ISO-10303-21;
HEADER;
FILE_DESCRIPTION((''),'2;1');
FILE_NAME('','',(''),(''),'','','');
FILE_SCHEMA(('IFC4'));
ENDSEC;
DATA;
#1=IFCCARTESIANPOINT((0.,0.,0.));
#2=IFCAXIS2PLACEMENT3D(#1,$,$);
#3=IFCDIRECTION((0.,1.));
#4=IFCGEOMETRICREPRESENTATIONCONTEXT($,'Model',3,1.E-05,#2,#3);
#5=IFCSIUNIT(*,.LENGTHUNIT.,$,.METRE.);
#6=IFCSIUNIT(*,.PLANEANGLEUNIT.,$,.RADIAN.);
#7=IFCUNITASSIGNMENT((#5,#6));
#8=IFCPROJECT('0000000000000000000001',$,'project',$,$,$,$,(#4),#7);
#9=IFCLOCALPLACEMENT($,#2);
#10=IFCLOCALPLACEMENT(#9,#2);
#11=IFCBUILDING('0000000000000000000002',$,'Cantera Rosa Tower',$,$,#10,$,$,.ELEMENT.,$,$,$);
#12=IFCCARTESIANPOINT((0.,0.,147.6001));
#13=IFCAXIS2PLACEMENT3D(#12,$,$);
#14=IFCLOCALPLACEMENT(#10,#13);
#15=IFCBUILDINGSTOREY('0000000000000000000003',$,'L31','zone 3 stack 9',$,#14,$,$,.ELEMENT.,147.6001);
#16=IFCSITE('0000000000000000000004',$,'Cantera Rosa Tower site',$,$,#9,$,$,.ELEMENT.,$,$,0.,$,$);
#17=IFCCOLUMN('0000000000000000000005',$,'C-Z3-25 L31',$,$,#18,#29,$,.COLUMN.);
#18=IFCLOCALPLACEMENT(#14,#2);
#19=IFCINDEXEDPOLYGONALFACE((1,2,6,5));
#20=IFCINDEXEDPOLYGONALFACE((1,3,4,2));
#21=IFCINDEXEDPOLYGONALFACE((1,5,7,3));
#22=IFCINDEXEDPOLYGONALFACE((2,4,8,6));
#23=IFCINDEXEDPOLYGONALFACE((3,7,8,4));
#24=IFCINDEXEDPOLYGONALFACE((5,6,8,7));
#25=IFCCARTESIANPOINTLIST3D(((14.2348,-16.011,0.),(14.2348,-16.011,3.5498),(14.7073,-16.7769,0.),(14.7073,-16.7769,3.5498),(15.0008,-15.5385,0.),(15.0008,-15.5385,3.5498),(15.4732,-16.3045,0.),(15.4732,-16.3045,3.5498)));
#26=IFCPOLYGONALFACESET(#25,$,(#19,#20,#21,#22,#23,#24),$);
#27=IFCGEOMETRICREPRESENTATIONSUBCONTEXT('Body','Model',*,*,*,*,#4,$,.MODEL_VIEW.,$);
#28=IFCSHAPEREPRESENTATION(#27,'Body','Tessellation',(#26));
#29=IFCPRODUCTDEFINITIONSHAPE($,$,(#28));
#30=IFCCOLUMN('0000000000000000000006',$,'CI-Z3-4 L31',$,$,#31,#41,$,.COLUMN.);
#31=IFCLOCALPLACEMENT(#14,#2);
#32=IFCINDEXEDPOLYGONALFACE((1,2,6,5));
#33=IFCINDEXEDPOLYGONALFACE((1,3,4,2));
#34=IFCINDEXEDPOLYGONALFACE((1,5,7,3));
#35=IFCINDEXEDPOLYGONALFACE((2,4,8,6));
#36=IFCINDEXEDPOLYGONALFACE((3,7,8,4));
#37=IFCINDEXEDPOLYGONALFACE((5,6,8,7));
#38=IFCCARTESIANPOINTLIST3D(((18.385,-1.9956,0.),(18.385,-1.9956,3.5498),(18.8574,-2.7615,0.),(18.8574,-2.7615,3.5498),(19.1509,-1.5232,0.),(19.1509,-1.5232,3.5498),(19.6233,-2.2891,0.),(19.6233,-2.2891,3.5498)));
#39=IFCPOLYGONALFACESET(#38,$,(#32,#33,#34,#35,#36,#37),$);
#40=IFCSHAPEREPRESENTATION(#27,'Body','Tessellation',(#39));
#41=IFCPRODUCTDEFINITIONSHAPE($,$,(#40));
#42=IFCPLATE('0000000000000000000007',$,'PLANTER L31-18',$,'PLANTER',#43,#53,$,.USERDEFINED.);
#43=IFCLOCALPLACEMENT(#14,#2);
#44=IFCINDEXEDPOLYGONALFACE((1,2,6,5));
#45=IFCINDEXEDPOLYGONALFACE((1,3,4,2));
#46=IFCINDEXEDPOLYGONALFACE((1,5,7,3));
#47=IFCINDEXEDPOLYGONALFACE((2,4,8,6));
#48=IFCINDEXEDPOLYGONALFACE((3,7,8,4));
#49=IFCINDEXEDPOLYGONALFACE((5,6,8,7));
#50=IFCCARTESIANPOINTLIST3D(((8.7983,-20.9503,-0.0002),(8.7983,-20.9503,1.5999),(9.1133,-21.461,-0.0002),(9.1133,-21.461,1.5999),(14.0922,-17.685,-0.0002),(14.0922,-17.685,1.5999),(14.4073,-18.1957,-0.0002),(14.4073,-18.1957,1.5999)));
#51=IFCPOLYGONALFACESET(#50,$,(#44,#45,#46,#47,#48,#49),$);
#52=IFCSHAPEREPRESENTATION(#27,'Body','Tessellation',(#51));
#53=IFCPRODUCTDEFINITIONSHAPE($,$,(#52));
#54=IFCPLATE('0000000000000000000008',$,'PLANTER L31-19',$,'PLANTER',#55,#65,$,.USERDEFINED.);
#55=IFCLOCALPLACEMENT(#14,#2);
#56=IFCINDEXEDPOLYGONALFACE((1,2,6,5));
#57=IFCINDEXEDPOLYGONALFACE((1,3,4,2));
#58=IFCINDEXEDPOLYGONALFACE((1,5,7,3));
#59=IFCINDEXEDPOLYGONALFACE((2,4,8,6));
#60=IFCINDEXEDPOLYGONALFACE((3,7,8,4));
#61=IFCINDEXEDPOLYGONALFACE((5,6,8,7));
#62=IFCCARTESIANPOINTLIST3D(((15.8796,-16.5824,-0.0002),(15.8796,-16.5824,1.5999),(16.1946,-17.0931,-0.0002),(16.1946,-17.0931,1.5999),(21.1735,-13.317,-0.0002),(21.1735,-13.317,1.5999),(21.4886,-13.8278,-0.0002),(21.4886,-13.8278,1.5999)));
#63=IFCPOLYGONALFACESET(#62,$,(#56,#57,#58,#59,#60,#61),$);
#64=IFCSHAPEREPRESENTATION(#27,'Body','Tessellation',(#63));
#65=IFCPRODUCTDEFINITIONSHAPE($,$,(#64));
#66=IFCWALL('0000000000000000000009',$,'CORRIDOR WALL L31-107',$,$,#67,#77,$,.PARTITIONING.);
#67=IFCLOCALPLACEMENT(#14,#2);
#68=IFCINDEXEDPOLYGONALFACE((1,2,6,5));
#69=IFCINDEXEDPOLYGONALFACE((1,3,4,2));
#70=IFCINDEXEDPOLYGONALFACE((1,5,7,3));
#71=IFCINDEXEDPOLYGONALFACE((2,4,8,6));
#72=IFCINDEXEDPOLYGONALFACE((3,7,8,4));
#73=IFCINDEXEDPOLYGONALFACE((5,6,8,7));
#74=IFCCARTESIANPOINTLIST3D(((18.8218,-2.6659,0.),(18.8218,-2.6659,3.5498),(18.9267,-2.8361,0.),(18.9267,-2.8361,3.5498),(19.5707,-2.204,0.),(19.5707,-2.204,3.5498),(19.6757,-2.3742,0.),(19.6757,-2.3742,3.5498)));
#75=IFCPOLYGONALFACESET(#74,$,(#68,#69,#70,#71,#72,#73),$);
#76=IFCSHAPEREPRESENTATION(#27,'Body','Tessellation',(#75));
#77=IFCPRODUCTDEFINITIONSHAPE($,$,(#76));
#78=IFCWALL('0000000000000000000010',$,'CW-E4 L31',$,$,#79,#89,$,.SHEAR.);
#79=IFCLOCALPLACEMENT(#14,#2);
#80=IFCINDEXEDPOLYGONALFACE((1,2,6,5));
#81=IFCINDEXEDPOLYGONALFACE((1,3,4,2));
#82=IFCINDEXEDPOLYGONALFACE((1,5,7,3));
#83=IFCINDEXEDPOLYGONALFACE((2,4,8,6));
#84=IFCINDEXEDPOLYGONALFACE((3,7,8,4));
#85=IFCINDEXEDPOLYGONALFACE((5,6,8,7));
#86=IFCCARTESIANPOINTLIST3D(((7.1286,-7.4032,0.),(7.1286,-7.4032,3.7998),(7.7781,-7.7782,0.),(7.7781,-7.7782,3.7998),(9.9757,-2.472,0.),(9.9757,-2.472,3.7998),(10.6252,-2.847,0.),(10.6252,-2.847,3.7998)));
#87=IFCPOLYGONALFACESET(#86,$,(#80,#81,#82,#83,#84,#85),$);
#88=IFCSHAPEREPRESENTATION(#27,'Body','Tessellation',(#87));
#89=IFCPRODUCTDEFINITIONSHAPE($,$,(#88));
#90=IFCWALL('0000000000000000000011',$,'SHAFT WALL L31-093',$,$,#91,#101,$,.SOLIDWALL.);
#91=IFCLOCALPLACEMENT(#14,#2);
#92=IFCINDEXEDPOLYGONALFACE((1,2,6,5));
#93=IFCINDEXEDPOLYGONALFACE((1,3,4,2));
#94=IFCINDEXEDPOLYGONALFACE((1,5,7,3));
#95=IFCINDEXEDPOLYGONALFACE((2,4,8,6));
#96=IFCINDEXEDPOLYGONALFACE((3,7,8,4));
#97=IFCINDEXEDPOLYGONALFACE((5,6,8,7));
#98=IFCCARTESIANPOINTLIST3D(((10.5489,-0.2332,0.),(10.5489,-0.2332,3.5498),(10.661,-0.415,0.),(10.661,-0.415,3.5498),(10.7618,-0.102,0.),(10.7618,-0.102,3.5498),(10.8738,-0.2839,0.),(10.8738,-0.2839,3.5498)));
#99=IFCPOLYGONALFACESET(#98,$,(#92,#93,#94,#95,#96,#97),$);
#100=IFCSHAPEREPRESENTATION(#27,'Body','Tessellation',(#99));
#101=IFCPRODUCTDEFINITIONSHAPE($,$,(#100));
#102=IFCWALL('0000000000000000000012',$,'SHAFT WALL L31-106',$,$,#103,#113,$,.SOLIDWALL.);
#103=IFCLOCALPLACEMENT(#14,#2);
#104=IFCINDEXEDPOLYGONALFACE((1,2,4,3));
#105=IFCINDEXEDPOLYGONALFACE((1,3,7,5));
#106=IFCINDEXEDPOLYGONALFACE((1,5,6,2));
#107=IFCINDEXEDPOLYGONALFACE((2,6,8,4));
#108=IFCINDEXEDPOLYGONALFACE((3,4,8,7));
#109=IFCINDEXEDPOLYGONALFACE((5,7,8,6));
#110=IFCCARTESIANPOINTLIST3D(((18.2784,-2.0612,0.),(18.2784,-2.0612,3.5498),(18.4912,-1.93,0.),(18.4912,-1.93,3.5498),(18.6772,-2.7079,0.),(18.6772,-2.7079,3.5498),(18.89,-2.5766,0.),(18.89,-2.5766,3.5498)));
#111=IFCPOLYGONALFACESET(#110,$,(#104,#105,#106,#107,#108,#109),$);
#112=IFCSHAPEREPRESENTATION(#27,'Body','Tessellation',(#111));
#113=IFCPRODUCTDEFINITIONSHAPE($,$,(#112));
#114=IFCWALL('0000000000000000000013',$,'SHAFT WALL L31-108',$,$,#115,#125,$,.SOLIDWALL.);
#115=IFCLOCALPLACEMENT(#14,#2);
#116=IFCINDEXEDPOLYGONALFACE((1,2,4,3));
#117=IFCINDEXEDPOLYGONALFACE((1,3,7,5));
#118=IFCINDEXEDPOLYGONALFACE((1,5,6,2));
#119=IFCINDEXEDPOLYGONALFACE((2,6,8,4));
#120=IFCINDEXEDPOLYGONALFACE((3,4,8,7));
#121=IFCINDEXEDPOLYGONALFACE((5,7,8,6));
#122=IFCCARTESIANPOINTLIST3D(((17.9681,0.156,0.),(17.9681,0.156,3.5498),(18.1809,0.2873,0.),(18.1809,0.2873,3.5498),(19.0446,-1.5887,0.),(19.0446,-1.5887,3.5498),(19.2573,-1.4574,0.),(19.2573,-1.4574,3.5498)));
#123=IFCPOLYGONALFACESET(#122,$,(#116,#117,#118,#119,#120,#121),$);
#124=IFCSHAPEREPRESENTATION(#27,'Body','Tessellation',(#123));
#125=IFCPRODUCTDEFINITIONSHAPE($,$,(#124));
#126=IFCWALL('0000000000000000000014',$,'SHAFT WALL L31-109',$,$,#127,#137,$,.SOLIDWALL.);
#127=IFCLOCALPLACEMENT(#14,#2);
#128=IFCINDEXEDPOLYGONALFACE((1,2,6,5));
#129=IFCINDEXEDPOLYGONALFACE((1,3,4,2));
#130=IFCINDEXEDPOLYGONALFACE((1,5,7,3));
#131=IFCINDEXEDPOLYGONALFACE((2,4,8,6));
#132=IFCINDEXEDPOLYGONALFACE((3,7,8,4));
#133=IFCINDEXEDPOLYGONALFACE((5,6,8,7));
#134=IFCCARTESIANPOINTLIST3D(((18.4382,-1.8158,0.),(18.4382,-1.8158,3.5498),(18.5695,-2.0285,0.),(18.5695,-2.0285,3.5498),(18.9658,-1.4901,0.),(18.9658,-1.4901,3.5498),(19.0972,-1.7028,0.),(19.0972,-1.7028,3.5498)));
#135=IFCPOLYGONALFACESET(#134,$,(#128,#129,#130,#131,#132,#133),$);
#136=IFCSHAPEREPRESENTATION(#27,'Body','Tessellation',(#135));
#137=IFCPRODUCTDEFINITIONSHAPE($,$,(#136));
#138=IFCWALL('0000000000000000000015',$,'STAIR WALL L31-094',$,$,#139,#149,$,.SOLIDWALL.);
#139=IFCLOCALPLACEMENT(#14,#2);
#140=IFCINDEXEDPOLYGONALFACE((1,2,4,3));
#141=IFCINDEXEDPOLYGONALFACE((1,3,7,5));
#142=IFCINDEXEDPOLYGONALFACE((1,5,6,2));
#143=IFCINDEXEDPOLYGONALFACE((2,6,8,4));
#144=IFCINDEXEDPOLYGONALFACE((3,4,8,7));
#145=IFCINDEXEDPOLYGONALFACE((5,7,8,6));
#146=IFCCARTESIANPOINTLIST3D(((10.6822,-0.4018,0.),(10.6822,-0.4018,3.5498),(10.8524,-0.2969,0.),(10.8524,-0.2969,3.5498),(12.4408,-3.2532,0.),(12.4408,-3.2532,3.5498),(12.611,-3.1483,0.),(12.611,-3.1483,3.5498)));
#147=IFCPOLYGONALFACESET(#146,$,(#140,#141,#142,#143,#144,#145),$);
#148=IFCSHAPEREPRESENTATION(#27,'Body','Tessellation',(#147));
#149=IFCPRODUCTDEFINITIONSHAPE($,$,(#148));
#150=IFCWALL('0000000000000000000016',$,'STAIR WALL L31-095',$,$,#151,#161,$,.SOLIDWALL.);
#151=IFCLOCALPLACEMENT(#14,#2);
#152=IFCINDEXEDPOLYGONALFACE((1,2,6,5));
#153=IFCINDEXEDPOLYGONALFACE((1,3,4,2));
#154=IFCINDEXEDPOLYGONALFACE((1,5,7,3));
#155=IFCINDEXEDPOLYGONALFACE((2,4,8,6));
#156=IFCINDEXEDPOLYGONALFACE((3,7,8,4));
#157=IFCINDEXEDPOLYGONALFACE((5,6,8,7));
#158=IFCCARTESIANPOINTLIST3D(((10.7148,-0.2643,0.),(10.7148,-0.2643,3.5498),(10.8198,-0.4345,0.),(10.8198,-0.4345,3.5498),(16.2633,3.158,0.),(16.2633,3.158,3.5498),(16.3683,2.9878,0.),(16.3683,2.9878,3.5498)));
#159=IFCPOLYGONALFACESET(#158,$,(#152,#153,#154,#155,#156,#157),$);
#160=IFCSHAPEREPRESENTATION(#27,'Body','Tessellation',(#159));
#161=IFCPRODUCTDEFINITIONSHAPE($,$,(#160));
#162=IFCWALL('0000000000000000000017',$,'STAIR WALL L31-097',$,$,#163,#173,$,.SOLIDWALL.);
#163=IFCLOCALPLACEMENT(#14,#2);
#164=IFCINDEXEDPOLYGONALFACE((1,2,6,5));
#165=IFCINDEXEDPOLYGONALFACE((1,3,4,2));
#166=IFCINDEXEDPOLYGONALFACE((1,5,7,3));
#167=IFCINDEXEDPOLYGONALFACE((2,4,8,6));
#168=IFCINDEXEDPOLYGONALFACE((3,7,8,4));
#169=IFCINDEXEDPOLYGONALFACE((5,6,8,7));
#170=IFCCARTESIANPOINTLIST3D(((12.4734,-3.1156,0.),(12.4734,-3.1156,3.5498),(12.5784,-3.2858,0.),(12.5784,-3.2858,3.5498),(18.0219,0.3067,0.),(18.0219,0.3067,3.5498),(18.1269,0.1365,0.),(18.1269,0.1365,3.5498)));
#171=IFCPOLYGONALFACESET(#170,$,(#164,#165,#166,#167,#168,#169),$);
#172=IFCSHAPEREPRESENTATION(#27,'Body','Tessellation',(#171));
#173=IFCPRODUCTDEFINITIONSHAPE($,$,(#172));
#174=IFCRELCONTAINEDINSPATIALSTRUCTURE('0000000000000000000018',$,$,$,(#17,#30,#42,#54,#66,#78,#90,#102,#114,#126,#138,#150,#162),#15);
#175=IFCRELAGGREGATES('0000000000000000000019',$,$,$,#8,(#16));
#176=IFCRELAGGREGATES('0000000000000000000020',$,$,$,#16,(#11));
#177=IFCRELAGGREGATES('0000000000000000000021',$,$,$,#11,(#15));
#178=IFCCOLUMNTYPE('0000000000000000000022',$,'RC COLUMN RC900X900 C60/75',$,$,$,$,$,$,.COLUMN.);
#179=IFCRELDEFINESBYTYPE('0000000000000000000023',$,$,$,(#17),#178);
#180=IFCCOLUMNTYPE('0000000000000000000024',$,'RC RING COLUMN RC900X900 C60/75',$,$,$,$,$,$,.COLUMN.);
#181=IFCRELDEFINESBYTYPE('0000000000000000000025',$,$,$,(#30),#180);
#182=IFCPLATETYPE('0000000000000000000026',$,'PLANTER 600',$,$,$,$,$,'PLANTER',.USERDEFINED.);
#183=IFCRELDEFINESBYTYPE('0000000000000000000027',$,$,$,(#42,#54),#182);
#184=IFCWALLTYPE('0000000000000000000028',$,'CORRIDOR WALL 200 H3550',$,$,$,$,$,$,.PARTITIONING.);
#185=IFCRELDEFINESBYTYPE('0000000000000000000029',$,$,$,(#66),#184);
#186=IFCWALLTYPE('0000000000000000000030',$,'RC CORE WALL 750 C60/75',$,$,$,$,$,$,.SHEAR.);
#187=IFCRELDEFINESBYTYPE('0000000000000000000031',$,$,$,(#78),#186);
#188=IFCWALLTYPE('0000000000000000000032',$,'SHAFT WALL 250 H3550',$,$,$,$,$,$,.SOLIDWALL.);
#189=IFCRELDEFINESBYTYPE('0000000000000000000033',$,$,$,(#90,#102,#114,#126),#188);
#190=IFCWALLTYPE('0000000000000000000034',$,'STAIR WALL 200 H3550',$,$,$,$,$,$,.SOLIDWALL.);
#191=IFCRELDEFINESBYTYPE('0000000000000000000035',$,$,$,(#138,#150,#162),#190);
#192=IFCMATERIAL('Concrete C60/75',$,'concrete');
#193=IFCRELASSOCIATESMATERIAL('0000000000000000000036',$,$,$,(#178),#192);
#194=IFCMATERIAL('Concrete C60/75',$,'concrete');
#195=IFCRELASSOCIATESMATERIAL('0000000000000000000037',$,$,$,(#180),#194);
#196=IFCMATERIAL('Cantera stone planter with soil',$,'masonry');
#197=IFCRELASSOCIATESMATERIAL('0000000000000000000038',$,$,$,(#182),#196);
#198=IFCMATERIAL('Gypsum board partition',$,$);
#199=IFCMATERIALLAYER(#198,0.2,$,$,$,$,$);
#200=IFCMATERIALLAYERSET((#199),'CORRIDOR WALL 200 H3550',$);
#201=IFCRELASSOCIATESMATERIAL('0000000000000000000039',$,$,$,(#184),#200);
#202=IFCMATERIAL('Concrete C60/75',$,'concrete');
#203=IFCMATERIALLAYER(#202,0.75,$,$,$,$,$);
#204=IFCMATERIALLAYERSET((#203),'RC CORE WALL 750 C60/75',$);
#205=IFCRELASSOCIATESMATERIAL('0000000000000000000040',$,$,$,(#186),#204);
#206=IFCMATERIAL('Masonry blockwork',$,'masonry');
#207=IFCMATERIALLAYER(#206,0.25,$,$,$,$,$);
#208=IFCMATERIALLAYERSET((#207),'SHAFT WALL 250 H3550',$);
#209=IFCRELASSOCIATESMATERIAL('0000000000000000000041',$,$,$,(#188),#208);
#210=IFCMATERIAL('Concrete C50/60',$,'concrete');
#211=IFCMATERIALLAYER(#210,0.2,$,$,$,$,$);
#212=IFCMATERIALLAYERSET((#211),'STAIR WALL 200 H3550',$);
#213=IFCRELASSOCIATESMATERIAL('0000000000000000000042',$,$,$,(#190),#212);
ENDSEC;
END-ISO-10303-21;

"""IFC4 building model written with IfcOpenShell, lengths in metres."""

from ifc_helpers import new_model, si_unit, direction, frame, frame_2d, origin, origin_2d, place, context, subcontext, project, spatial, rectangle, extrude, material, layer, layer_set, material_profile, profile_set, type_object, element, save


model = new_model("IFC4")

# Units and contexts
model_context = context("Model", 3, precision=1e-05, world=origin(), true_north=direction((0.0, 1.0)))
body_context = subcontext(model_context, "Body", "Model", "MODEL_VIEW")
ifc_project = project(units=[si_unit("LENGTHUNIT", "METRE"), si_unit("PLANEANGLEUNIT", "RADIAN")], contexts=[model_context])

# Site, building, storey
site_placement = place(None, origin())
site = spatial("IfcSite", under=ifc_project, at=site_placement, Name="Cantera Rosa Tower site", CompositionType="ELEMENT", RefElevation=0.0)
building_placement = place(site_placement, origin())
building = spatial("IfcBuilding", under=site, at=building_placement, Name="Cantera Rosa Tower", CompositionType="ELEMENT")
storey_placement = place(building_placement, frame((0.0, 0.0, 147.6001)))
storey = spatial("IfcBuildingStorey", under=building, at=storey_placement, Name="L31", Description="zone 3 stack 9", CompositionType="ELEMENT", Elevation=147.6001)

# Columns
ifc_material_1 = material(Name="Concrete C60/75", Category="concrete")
ifc_material_profile_1 = material_profile(ifc_material_1, rectangle(XDim=0.8999, YDim=0.8999, at=origin_2d()), Name="RC COLUMN RC900X900 C60/75")
ifc_profile_set_1 = profile_set([ifc_material_profile_1], Name="Concrete C60/75")
column_type_1 = type_object("IfcColumnType", Name="RC COLUMN RC900X900 C60/75", PredefinedType="COLUMN", material=ifc_profile_set_1)
column_1_placement = place(storey_placement, frame((14.854, -16.1577, 0.0), z_axis=(0.0, 0.0, 1.0), x_axis=(0.851117, 0.524977, 0.0)))
element("IfcColumn", 1, at=column_1_placement, inside=storey, type_object=column_type_1, Name="C-Z3-25 L31", PredefinedType="COLUMN", context=body_context, shape_type="SweptSolid", body=[
    extrude(rectangle(XDim=0.8999, YDim=0.8999, at=origin_2d()), origin(), (0.0, 0.0, 1.0), 3.5498),
])
ifc_material_2 = material(Name="Concrete C60/75", Category="concrete")
ifc_material_profile_2 = material_profile(ifc_material_2, rectangle(XDim=0.8999, YDim=0.8999, at=origin_2d()), Name="RC RING COLUMN RC900X900 C60/75")
ifc_profile_set_2 = profile_set([ifc_material_profile_2], Name="Concrete C60/75")
column_type_2 = type_object("IfcColumnType", Name="RC RING COLUMN RC900X900 C60/75", PredefinedType="COLUMN", material=ifc_profile_set_2)
column_2_placement = place(storey_placement, frame((19.0042, -2.1423, 0.0), z_axis=(0.0, 0.0, 1.0), x_axis=(0.851117, 0.524977, 0.0)))
element("IfcColumn", 2, at=column_2_placement, inside=storey, type_object=column_type_2, Name="CI-Z3-4 L31", PredefinedType="COLUMN", context=body_context, shape_type="SweptSolid", body=[
    extrude(rectangle(XDim=0.8999, YDim=0.8999, at=origin_2d()), origin(), (0.0, 0.0, 1.0), 3.5498),
])

# Plates
ifc_material_3 = material(Name="Cantera stone planter with soil", Category="masonry")
plate_type = type_object("IfcPlateType", Name="PLANTER 600", ElementType="PLANTER", PredefinedType="USERDEFINED", material=ifc_material_3)
for number, where, z_axis, x_axis, name in (
    (3, (11.6028, -19.573, -0.0002), (0.0, 0.0, 1.0), (0.851117, 0.524977, 0.0), "PLANTER L31-18"),
    (4, (18.6841, -15.2051, -0.0002), (0.0, 0.0, 1.0), (0.851117, 0.524977, 0.0), "PLANTER L31-19"),
):
    element("IfcPlate", number, at=place(storey_placement, frame(where, z_axis=z_axis, x_axis=x_axis)), inside=storey, type_object=plate_type, Name=name, ObjectType="PLANTER", PredefinedType="USERDEFINED", context=body_context, shape_type="SweptSolid", body=[
        extrude(rectangle(XDim=6.22, YDim=0.6001, at=origin_2d()), origin(), (0.0, 0.0, 1.0), 1.6001),
    ])

# Wall
ifc_material_4 = material(Name="Gypsum board partition")
ifc_layer_1 = layer(ifc_material_4, 0.2)
ifc_layer_set_1 = layer_set([ifc_layer_1], Name="CORRIDOR WALL 200 H3550")
wall_type_1 = type_object("IfcWallType", Name="CORRIDOR WALL 200 H3550", PredefinedType="PARTITIONING", material=ifc_layer_set_1)
wall_1_placement = place(storey_placement, frame((18.8743, -2.751, 0.0), z_axis=(0.0, 0.0, 1.0), x_axis=(0.851163, 0.524902, 0.0)))
element("IfcWall", 5, at=wall_1_placement, inside=storey, type_object=wall_type_1, Name="CORRIDOR WALL L31-107", PredefinedType="PARTITIONING", context=body_context, shape_type="SweptSolid", body=[
    extrude(rectangle(XDim=0.8799, YDim=0.2, at=frame_2d((0.4399, 0.0))), origin(), (0.0, 0.0, 1.0), 3.5498),
])

# Walls
ifc_material_5 = material(Name="Concrete C60/75", Category="concrete")
ifc_layer_2 = layer(ifc_material_5, 0.75)
ifc_layer_set_2 = layer_set([ifc_layer_2], Name="RC CORE WALL 750 C60/75")
wall_type_2 = type_object("IfcWallType", Name="RC CORE WALL 750 C60/75", PredefinedType="SHEAR", material=ifc_layer_set_2)
wall_2_placement = place(storey_placement, frame((10.3005, -2.6594, 0.0), z_axis=(0.0, 0.0, 1.0), x_axis=(-0.500022, -0.866013, 0.0)))
element("IfcWall", 6, at=wall_2_placement, inside=storey, type_object=wall_type_2, Name="CW-E4 L31", PredefinedType="SHEAR", context=body_context, shape_type="SweptSolid", body=[
    extrude(rectangle(XDim=5.6941, YDim=0.75, at=frame_2d((2.8472, 0.0))), origin(), (0.0, 0.0, 1.0), 3.7998),
])
ifc_material_6 = material(Name="Masonry blockwork", Category="masonry")
ifc_layer_3 = layer(ifc_material_6, 0.25)
ifc_layer_set_3 = layer_set([ifc_layer_3], Name="SHAFT WALL 250 H3550")
wall_type_3 = type_object("IfcWallType", Name="SHAFT WALL 250 H3550", PredefinedType="SOLIDWALL", material=ifc_layer_set_3)
wall_3_placement = place(storey_placement, frame((10.6553, -0.1675, 0.0), z_axis=(0.0, 0.0, 1.0), x_axis=(0.524544, -0.851384, 0.0)))
element("IfcWall", 7, at=wall_3_placement, inside=storey, type_object=wall_type_3, Name="SHAFT WALL L31-093", PredefinedType="SOLIDWALL", context=body_context, shape_type="SweptSolid", body=[
    extrude(rectangle(XDim=0.2136, YDim=0.25, at=frame_2d((0.1069, 0.0))), origin(), (0.0, 0.0, 1.0), 3.5498),
])
wall_4_placement = place(storey_placement, frame((18.3848, -1.9956, 0.0), z_axis=(0.0, 0.0, 1.0), x_axis=(0.524993, -0.851106, 0.0)))
element("IfcWall", 8, at=wall_4_placement, inside=storey, type_object=wall_type_3, Name="SHAFT WALL L31-106", PredefinedType="SOLIDWALL", context=body_context, shape_type="SweptSolid", body=[
    extrude(rectangle(XDim=0.7598, YDim=0.25, at=frame_2d((0.3799, 0.0))), origin(), (0.0, 0.0, 1.0), 3.5498),
])
wall_5_placement = place(storey_placement, frame((19.1509, -1.5229, 0.0), z_axis=(0.0, 0.0, 1.0), x_axis=(-0.525087, 0.851048, 0.0)))
element("IfcWall", 9, at=wall_5_placement, inside=storey, type_object=wall_type_3, Name="SHAFT WALL L31-108", PredefinedType="SOLIDWALL", context=body_context, shape_type="SweptSolid", body=[
    extrude(rectangle(XDim=2.05, YDim=0.25, at=frame_2d((1.0249, 0.0))), origin(), (0.0, 0.0, 1.0), 3.5498),
])
wall_6_placement = place(storey_placement, frame((19.0315, -1.5964, 0.0), z_axis=(0.0, 0.0, 1.0), x_axis=(-0.850927, -0.525283, 0.0)))
element("IfcWall", 10, at=wall_6_placement, inside=storey, type_object=wall_type_3, Name="SHAFT WALL L31-109", PredefinedType="SOLIDWALL", context=body_context, shape_type="SweptSolid", body=[
    extrude(rectangle(XDim=0.6201, YDim=0.25, at=frame_2d((0.3101, 0.0))), origin(), (0.0, 0.0, 1.0), 3.5498),
])
ifc_material_7 = material(Name="Concrete C50/60", Category="concrete")
ifc_layer_4 = layer(ifc_material_7, 0.2)
ifc_layer_set_4 = layer_set([ifc_layer_4], Name="STAIR WALL 200 H3550")
wall_type_4 = type_object("IfcWallType", Name="STAIR WALL 200 H3550", PredefinedType="SOLIDWALL", material=ifc_layer_set_4)
wall_7_placement = place(storey_placement, frame((10.7673, -0.3494, 0.0), z_axis=(0.0, 0.0, 1.0), x_axis=(0.524939, -0.85114, 0.0)))
element("IfcWall", 11, at=wall_7_placement, inside=storey, type_object=wall_type_4, Name="STAIR WALL L31-094", PredefinedType="SOLIDWALL", context=body_context, shape_type="SweptSolid", body=[
    extrude(rectangle(XDim=3.3501, YDim=0.2, at=frame_2d((1.675, 0.0))), origin(), (0.0, 0.0, 1.0), 3.5498),
])
for number, where, z_axis, x_axis, name in (
    (12, (10.7673, -0.3494, 0.0), (0.0, 0.0, 1.0), (0.85112, 0.524971, 0.0), "STAIR WALL L31-095"),
    (13, (12.5259, -3.2007, 0.0), (0.0, 0.0, 1.0), (0.85112, 0.524971, 0.0), "STAIR WALL L31-097"),
):
    element("IfcWall", number, at=place(storey_placement, frame(where, z_axis=z_axis, x_axis=x_axis)), inside=storey, type_object=wall_type_4, Name=name, PredefinedType="SOLIDWALL", context=body_context, shape_type="SweptSolid", body=[
        extrude(rectangle(XDim=6.519, YDim=0.2, at=frame_2d((3.2595, 0.0))), origin(), (0.0, 0.0, 1.0), 3.5498),
    ])

save(model, "model.ifc")
